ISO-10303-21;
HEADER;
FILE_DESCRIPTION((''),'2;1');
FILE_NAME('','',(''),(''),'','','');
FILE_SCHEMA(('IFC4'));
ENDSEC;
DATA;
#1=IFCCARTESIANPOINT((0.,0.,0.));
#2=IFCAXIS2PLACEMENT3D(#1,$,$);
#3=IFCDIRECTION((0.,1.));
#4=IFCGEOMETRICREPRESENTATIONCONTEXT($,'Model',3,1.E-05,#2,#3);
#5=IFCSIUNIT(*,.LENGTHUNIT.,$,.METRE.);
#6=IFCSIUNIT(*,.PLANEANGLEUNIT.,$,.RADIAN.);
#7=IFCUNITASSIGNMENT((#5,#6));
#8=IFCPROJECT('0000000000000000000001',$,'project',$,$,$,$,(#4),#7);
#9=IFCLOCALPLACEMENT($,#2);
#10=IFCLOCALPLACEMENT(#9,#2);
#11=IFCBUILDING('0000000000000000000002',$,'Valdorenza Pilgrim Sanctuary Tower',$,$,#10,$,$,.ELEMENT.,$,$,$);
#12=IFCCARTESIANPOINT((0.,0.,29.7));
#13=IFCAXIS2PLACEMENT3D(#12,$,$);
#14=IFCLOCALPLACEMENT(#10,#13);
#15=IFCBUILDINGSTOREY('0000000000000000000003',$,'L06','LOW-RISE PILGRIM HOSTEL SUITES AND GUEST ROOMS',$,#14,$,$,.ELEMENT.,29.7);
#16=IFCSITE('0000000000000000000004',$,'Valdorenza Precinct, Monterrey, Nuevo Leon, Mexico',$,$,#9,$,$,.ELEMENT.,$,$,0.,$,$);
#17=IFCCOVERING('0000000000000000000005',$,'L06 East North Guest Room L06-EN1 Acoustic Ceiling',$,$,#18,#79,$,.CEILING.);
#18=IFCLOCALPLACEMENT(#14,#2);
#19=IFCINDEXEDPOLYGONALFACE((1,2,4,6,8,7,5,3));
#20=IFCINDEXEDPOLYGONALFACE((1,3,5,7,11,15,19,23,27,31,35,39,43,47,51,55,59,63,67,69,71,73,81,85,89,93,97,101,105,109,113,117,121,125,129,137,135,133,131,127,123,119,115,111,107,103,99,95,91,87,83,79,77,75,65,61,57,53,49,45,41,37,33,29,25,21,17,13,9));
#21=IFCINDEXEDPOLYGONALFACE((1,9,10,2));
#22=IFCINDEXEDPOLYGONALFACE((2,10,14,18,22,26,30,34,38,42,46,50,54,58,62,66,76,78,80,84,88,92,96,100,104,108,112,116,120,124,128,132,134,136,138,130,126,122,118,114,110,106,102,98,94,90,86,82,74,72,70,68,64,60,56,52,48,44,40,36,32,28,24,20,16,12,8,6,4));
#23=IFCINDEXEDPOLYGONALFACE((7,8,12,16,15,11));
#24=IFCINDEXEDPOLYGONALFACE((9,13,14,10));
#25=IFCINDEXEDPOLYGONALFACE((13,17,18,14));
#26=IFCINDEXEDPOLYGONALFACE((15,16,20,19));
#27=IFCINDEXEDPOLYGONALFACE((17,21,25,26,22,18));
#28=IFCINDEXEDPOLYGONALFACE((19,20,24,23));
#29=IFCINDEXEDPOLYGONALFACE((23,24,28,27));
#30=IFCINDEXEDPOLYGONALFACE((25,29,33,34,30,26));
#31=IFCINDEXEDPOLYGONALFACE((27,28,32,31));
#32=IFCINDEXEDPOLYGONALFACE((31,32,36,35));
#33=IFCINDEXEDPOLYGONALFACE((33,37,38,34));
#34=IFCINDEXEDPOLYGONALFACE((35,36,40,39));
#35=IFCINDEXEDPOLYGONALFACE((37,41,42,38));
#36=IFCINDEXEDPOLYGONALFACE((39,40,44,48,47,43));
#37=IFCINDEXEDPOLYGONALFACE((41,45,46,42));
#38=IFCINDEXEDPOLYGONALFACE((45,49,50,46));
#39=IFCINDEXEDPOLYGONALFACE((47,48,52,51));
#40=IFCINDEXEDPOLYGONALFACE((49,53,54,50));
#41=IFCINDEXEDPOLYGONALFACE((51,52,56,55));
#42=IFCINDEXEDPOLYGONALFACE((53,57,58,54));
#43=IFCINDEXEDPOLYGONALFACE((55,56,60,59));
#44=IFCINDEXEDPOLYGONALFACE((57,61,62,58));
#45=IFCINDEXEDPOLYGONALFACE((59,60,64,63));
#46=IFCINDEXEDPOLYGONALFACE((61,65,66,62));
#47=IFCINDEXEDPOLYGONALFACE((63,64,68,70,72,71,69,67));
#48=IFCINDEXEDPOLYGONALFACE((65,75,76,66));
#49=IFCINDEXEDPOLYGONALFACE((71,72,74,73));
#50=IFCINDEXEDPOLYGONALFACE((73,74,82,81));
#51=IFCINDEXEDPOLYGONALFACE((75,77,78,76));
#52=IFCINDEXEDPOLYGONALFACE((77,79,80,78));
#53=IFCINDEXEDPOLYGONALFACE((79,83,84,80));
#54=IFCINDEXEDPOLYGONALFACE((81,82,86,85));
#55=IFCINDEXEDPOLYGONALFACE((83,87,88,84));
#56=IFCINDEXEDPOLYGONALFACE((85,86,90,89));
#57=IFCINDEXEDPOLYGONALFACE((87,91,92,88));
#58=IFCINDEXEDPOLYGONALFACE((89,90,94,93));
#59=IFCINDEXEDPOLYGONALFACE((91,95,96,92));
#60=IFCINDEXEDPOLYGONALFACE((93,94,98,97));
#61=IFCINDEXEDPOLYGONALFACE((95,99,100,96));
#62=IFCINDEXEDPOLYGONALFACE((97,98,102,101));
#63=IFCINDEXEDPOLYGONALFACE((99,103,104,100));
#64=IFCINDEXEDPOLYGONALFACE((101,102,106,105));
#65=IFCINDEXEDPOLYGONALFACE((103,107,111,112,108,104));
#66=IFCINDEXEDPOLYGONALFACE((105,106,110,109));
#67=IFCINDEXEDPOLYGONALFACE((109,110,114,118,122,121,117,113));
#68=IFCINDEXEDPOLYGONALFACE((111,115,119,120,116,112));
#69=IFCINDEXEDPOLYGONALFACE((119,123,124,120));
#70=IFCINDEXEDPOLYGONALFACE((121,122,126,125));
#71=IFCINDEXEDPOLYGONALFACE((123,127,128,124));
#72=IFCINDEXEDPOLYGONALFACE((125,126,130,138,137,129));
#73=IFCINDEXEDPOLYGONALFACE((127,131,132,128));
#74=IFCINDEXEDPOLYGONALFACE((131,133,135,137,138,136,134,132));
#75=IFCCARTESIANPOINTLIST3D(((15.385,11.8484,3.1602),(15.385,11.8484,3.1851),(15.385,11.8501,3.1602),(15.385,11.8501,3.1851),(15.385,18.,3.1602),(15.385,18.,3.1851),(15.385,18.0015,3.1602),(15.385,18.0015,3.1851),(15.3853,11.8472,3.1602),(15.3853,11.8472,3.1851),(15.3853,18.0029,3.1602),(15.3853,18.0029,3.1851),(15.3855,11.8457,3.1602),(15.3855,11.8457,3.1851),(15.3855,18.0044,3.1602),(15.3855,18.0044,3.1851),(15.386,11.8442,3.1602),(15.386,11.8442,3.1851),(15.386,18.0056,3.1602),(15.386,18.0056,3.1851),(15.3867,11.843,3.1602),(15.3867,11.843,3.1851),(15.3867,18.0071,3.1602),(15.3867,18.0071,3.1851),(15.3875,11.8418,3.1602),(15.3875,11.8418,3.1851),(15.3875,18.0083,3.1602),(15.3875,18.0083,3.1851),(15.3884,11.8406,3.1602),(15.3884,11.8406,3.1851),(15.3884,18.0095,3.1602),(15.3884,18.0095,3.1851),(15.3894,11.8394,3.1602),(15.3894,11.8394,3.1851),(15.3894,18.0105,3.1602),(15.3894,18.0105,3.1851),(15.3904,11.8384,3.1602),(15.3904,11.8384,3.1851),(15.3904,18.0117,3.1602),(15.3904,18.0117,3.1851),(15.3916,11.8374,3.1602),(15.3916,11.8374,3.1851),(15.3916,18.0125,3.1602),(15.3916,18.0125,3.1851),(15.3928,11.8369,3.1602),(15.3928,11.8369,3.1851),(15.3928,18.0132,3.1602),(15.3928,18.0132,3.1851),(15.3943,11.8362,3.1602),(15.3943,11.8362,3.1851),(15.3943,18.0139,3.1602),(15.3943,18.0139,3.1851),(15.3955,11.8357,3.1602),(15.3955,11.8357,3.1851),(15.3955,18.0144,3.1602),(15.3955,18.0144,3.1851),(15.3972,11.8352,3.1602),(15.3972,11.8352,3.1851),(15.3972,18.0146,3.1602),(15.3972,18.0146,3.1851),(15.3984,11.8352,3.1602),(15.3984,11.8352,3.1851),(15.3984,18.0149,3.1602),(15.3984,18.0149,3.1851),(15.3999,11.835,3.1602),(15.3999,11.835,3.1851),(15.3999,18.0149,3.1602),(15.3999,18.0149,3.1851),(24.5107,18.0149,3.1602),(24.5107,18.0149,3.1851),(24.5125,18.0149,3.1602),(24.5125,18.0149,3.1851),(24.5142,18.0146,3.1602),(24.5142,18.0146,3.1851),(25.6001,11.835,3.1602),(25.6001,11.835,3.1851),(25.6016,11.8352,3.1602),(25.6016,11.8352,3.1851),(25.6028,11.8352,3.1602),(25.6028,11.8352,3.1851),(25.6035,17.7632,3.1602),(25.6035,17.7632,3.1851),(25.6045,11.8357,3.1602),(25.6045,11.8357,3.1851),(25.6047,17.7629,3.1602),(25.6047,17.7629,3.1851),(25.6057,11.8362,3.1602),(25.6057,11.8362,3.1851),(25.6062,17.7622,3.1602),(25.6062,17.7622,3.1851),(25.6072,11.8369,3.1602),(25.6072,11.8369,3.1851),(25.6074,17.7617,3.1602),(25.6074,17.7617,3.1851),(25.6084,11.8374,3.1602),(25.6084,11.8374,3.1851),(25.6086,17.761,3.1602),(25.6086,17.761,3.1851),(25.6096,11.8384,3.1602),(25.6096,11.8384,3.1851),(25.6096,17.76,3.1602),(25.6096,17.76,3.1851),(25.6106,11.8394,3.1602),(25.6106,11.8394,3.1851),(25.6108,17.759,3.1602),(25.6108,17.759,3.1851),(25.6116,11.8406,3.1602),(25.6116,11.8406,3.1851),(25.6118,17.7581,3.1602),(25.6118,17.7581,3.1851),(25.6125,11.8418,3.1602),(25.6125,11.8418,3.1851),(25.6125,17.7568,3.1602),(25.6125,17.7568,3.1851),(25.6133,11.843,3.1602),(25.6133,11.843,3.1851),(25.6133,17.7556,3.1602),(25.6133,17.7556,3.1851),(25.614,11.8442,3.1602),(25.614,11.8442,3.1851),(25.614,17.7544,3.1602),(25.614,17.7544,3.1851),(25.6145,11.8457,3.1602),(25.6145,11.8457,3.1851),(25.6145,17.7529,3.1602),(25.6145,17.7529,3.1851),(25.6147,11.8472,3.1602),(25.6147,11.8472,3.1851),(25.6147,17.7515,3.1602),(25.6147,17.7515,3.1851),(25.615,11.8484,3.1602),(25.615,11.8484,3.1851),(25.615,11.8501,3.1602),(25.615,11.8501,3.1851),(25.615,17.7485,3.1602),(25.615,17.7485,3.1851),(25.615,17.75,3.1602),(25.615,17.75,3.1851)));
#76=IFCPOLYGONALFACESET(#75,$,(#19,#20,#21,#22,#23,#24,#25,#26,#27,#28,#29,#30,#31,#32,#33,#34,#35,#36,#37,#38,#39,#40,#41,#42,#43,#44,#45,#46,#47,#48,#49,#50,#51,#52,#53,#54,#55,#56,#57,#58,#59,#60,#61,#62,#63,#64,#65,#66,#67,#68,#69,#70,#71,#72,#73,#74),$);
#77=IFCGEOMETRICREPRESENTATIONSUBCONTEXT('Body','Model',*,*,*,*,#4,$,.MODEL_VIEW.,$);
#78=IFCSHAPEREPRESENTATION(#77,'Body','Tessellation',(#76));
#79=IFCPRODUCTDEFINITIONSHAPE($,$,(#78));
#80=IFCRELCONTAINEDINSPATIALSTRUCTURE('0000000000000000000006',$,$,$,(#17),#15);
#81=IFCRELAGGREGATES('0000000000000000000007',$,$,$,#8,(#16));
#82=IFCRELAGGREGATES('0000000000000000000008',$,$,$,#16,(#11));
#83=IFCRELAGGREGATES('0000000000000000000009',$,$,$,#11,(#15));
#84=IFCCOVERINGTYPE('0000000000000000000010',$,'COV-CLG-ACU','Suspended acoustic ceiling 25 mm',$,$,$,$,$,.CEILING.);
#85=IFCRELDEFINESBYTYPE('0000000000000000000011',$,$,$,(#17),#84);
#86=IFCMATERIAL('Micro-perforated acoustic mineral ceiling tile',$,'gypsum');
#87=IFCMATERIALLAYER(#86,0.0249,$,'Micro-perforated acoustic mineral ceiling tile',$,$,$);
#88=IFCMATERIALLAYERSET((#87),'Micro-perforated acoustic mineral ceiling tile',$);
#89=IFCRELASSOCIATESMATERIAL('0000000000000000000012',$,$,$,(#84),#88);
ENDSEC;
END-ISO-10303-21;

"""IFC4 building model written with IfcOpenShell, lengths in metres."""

from ifc_helpers import new_model, si_unit, direction, frame, origin, place, context, subcontext, project, spatial, polyline, outline, extrude, material, layer, layer_set, type_object, element, save


model = new_model("IFC4")

# Units and contexts
model_context = context("Model", 3, precision=1e-05, world=origin(), true_north=direction((0.0, 1.0)))
body_context = subcontext(model_context, "Body", "Model", "MODEL_VIEW")
ifc_project = project(units=[si_unit("LENGTHUNIT", "METRE"), si_unit("PLANEANGLEUNIT", "RADIAN")], contexts=[model_context])

# Site, building, storey
site_placement = place(None, origin())
site = spatial("IfcSite", under=ifc_project, at=site_placement, Name="Valdorenza Precinct, Monterrey, Nuevo Leon, Mexico", CompositionType="ELEMENT", RefElevation=0.0)
building_placement = place(site_placement, origin())
building = spatial("IfcBuilding", under=site, at=building_placement, Name="Valdorenza Pilgrim Sanctuary Tower", CompositionType="ELEMENT")
storey_placement = place(building_placement, frame((0.0, 0.0, 29.7)))
storey = spatial("IfcBuildingStorey", under=building, at=storey_placement, Name="L06", Description="LOW-RISE PILGRIM HOSTEL SUITES AND GUEST ROOMS", CompositionType="ELEMENT", Elevation=29.7)

# Covering
ifc_material_1 = material(Name="Micro-perforated acoustic mineral ceiling tile", Category="gypsum")
ifc_layer_1 = layer(ifc_material_1, 0.0249, Name="Micro-perforated acoustic mineral ceiling tile")
ifc_layer_set_1 = layer_set([ifc_layer_1], Name="Micro-perforated acoustic mineral ceiling tile")
covering_type_1 = type_object("IfcCoveringType", Name="COV-CLG-ACU", Description="Suspended acoustic ceiling 25 mm", PredefinedType="CEILING", material=ifc_layer_set_1)
covering_1_placement = place(storey_placement, frame((0.0, 0.0, 3.1602)))
element("IfcCovering", 1, at=covering_1_placement, inside=storey, type_object=covering_type_1, Name="L06 East North Guest Room L06-EN1 Acoustic Ceiling", PredefinedType="CEILING", context=body_context, shape_type="SweptSolid", body=[
    extrude(outline(polyline([(24.5107, 18.0149), (24.5125, 18.0149), (24.5142, 18.0146), (25.6035, 17.7632), (25.6047, 17.7629), (25.6062, 17.7622), (25.6074, 17.7617), (25.6086, 17.761), (25.6096, 17.76), (25.6108, 17.759), (25.6118, 17.7581), (25.6125, 17.7568), (25.6133, 17.7556), (25.614, 17.7544), (25.6145, 17.7529), (25.6147, 17.7515), (25.615, 17.75), (25.615, 17.7485), (25.615, 11.8501), (25.615, 11.8484), (25.6147, 11.8472), (25.6145, 11.8457), (25.614, 11.8442), (25.6133, 11.843), (25.6125, 11.8418), (25.6116, 11.8406), (25.6106, 11.8394), (25.6096, 11.8384), (25.6084, 11.8374), (25.6072, 11.8369), (25.6057, 11.8362), (25.6045, 11.8357), (25.6028, 11.8352), (25.6016, 11.8352), (25.6001, 11.835), (15.3999, 11.835), (15.3984, 11.8352), (15.3972, 11.8352), (15.3955, 11.8357), (15.3943, 11.8362), (15.3928, 11.8369), (15.3916, 11.8374), (15.3904, 11.8384), (15.3894, 11.8394), (15.3884, 11.8406), (15.3875, 11.8418), (15.3867, 11.843), (15.386, 11.8442), (15.3855, 11.8457), (15.3853, 11.8472), (15.385, 11.8484), (15.385, 11.8501), (15.385, 18.0), (15.385, 18.0015), (15.3853, 18.0029), (15.3855, 18.0044), (15.386, 18.0056), (15.3867, 18.0071), (15.3875, 18.0083), (15.3884, 18.0095), (15.3894, 18.0105), (15.3904, 18.0117), (15.3916, 18.0125), (15.3928, 18.0132), (15.3943, 18.0139), (15.3955, 18.0144), (15.3972, 18.0146), (15.3984, 18.0149), (15.3999, 18.0149), (24.5107, 18.0149)])), origin(), (0.0, 0.0, 1.0), 0.0249),
])

save(model, "model.ifc")
